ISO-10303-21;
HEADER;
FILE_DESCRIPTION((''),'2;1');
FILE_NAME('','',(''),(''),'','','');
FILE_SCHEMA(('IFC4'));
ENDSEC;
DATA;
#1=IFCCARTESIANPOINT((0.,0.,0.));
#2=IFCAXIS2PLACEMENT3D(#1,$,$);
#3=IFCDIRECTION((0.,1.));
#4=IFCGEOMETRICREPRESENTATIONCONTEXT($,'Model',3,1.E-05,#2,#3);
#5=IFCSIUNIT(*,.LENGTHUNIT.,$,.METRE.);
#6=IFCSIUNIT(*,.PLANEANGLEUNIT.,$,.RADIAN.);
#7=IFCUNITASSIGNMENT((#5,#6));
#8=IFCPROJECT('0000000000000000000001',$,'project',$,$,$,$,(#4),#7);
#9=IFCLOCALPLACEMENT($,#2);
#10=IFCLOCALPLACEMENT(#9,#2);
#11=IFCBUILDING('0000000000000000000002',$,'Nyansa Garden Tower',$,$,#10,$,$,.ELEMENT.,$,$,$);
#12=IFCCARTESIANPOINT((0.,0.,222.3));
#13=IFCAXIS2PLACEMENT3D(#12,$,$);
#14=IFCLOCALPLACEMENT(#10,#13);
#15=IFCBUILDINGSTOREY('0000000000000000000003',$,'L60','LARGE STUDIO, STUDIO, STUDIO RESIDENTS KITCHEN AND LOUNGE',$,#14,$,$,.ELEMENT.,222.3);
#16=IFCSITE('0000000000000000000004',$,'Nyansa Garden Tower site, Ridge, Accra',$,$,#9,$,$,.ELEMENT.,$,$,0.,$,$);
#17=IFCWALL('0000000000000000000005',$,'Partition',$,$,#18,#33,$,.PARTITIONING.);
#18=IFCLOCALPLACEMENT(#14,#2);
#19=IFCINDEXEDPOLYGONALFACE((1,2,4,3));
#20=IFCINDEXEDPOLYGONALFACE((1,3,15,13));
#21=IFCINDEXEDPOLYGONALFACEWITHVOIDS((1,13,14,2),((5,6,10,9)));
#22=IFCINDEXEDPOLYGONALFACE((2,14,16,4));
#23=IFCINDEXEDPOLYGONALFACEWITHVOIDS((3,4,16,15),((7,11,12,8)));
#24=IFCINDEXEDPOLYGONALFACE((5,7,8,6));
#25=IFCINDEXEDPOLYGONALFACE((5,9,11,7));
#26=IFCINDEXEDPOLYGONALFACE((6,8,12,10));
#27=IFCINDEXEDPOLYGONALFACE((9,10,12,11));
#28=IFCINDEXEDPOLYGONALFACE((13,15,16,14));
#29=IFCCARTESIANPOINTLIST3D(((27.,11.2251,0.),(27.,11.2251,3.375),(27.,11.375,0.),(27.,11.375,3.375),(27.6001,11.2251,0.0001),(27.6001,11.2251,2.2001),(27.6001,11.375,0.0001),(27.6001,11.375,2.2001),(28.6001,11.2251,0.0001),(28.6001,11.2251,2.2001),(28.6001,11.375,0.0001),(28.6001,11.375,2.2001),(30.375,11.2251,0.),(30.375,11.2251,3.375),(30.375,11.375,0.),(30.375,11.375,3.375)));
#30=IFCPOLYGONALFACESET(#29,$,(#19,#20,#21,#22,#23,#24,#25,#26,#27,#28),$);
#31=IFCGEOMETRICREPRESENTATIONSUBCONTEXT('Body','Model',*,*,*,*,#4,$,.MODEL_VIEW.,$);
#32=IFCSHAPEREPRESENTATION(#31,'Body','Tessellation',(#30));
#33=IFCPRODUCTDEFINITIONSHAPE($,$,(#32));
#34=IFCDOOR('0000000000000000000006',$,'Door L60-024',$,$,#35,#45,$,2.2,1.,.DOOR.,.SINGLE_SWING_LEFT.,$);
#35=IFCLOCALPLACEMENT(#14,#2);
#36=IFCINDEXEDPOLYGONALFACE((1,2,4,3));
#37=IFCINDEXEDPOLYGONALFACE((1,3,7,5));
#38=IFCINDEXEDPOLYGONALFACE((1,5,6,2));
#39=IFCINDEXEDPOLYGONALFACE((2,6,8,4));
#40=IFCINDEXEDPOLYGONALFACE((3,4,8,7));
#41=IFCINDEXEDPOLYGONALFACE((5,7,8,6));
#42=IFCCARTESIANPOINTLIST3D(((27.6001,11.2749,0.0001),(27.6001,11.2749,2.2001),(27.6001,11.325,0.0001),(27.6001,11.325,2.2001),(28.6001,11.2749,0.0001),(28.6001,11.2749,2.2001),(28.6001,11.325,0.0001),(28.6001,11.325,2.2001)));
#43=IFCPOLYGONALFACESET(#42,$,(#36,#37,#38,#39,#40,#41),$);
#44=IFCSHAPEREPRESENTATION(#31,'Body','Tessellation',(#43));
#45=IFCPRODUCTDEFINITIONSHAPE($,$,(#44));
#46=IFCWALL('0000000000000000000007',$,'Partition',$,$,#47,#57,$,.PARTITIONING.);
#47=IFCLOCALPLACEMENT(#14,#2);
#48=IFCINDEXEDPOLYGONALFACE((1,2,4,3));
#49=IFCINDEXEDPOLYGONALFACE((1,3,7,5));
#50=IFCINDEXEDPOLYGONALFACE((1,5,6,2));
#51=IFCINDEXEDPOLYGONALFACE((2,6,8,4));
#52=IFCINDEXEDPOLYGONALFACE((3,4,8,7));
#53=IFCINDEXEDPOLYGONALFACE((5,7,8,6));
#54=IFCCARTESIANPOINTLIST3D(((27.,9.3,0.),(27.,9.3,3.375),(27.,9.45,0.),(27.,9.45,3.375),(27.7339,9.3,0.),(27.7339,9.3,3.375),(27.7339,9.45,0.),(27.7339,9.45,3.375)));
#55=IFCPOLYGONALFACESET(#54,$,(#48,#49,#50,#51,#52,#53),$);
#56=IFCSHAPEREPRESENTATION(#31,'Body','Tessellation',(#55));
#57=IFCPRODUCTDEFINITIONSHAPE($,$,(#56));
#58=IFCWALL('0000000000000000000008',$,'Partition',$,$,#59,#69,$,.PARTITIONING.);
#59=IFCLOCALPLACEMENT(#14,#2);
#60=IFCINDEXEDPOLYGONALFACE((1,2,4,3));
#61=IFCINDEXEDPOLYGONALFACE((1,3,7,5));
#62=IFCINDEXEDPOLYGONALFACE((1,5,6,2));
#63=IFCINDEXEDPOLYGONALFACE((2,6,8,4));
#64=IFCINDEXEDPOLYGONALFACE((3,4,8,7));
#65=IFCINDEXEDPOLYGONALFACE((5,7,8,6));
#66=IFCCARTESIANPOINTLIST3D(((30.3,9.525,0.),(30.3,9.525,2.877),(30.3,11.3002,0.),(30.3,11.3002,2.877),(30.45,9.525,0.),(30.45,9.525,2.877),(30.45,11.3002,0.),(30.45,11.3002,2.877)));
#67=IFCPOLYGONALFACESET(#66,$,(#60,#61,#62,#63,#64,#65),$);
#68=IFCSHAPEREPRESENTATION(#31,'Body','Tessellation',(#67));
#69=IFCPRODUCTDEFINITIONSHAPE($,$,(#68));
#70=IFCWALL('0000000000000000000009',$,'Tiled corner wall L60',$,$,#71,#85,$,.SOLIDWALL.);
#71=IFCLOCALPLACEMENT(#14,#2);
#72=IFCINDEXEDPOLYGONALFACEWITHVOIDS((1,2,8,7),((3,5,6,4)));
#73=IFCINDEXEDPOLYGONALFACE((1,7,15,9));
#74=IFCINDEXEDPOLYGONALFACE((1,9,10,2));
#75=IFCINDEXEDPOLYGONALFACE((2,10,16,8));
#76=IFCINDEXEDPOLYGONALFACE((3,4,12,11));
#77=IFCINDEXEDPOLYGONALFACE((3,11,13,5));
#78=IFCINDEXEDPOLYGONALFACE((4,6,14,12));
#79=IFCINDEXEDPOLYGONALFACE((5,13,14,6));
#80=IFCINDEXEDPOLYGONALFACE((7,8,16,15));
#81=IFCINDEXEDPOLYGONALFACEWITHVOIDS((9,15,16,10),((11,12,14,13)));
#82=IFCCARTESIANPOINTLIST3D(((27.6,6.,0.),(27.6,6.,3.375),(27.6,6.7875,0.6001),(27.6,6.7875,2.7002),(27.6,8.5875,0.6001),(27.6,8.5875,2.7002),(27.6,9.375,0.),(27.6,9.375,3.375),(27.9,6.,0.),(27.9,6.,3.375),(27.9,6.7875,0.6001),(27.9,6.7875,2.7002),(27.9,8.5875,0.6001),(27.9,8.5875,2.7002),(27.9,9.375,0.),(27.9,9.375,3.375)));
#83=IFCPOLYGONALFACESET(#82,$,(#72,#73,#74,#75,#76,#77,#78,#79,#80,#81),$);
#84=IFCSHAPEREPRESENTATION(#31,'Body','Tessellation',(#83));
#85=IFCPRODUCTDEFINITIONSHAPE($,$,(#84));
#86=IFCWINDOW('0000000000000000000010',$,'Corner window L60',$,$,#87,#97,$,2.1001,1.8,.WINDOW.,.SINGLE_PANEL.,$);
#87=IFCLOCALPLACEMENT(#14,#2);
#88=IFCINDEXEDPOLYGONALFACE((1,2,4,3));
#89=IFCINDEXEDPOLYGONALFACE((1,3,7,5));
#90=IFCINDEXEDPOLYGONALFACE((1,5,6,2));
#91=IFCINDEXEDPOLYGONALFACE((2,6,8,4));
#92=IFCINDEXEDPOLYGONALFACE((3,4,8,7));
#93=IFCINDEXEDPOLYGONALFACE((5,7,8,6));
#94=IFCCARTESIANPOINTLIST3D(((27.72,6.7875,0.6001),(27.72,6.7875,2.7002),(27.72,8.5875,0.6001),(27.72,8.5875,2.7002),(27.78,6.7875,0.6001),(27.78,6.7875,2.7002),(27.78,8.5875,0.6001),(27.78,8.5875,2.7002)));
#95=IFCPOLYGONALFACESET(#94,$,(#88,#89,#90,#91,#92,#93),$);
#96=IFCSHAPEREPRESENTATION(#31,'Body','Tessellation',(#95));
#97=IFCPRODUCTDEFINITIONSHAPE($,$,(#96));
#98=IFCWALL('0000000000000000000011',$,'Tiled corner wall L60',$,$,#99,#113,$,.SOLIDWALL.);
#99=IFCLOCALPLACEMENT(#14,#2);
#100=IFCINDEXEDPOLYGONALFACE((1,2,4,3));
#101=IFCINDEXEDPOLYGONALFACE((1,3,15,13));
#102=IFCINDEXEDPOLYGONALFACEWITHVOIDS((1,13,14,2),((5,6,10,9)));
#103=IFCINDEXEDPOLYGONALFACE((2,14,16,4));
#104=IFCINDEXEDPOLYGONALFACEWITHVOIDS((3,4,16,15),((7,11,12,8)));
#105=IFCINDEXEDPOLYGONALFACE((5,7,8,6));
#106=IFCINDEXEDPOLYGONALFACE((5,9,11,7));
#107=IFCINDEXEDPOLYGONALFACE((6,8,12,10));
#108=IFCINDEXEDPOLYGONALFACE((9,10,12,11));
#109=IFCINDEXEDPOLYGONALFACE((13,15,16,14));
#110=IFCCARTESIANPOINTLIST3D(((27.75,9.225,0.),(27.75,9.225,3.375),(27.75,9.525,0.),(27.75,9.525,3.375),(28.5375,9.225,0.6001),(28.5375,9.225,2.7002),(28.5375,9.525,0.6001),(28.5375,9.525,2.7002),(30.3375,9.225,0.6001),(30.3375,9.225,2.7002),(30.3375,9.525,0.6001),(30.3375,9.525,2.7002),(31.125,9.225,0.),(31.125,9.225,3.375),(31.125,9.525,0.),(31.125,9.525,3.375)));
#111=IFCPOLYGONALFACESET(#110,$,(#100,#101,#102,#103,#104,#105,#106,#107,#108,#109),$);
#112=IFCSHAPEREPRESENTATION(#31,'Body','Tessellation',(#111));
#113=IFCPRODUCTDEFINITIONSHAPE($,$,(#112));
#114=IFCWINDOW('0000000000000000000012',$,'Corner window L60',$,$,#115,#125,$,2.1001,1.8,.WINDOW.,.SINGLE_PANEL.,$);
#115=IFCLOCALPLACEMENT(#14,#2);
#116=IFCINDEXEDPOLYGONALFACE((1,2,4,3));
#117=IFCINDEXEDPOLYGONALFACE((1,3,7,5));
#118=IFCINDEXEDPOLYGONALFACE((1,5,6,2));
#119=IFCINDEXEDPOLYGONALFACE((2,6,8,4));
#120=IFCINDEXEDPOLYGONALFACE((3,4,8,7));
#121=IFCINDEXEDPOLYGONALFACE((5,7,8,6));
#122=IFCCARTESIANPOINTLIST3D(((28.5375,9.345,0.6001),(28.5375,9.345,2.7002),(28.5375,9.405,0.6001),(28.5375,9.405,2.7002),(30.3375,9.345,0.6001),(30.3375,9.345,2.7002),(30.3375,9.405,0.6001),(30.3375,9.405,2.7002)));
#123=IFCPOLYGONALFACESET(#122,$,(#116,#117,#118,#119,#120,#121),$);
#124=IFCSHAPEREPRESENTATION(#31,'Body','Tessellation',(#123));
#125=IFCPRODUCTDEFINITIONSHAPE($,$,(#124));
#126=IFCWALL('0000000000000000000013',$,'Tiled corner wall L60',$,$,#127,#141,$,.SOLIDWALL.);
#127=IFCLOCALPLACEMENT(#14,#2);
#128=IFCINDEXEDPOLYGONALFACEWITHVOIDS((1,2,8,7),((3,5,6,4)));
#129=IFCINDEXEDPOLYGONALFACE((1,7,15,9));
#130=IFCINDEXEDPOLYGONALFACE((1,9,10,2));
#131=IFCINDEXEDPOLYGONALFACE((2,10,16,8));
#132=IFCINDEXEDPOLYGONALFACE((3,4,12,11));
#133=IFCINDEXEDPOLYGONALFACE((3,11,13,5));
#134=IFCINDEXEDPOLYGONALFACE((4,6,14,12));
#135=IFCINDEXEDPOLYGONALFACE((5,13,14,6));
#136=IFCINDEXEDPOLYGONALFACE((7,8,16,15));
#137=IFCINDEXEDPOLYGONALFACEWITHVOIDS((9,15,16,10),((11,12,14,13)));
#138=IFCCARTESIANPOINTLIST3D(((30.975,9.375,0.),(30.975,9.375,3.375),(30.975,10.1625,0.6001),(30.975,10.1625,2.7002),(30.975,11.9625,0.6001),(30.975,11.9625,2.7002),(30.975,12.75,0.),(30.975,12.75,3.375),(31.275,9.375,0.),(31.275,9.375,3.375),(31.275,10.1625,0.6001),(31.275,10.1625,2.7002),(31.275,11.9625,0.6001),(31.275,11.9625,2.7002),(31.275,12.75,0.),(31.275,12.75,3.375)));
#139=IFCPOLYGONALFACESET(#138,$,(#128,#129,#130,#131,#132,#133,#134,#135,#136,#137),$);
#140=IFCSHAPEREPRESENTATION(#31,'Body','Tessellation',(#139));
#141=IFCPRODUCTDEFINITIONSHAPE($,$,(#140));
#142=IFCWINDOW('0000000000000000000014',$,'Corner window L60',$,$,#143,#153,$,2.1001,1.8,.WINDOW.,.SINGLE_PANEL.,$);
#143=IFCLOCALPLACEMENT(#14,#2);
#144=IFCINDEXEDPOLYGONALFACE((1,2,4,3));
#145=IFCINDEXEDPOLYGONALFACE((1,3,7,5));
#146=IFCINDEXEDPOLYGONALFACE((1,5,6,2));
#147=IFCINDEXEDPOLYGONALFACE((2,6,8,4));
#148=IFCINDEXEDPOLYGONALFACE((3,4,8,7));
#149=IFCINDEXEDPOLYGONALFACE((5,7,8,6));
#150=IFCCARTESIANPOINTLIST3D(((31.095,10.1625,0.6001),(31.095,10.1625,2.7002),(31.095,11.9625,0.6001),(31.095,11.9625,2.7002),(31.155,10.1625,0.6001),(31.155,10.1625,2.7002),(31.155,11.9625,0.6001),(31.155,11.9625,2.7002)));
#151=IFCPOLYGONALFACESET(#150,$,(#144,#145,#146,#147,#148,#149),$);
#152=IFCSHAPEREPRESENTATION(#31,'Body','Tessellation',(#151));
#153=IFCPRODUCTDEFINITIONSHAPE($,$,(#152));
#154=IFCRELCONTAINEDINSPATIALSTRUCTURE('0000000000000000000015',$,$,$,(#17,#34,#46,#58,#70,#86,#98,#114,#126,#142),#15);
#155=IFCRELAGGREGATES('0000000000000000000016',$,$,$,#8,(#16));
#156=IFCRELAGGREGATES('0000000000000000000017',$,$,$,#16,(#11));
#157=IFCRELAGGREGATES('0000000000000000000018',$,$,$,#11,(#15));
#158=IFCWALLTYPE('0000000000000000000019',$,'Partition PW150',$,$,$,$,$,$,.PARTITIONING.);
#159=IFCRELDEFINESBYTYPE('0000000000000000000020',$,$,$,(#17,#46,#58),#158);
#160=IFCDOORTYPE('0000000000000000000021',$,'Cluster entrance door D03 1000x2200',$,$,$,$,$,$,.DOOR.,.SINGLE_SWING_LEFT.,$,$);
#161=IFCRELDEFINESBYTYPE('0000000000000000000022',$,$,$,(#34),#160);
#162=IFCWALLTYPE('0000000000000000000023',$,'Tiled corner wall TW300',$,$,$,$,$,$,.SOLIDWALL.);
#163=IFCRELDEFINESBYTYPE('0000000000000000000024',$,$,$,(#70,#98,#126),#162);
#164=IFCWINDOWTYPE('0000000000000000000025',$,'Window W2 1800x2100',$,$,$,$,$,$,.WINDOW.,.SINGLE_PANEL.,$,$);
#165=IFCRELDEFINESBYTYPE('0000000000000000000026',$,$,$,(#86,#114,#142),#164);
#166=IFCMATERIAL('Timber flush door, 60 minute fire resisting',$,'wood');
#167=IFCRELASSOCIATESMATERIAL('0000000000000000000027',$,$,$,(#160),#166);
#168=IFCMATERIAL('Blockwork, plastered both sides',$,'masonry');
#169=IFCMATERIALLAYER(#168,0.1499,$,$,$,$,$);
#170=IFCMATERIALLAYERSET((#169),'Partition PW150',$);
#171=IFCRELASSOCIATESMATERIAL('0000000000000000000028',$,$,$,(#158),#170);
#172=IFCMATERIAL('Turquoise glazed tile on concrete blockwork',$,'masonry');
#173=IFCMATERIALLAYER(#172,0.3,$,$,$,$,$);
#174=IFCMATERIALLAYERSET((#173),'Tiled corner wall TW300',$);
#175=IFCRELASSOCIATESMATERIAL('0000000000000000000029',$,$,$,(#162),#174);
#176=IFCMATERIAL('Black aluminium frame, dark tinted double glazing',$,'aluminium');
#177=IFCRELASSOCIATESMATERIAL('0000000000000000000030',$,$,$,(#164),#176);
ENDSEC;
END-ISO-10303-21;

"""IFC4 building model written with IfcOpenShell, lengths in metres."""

from ifc_helpers import new_model, si_unit, direction, frame, frame_2d, origin, place, context, subcontext, project, spatial, rectangle, extrude, material, layer, layer_set, type_object, element, fill, save


model = new_model("IFC4")

# Units and contexts
model_context = context("Model", 3, precision=1e-05, world=origin(), true_north=direction((0.0, 1.0)))
body_context = subcontext(model_context, "Body", "Model", "MODEL_VIEW")
ifc_project = project(units=[si_unit("LENGTHUNIT", "METRE"), si_unit("PLANEANGLEUNIT", "RADIAN")], contexts=[model_context])

# Site, building, storey
site_placement = place(None, origin())
site = spatial("IfcSite", under=ifc_project, at=site_placement, Name="Nyansa Garden Tower site, Ridge, Accra", CompositionType="ELEMENT", RefElevation=0.0)
building_placement = place(site_placement, origin())
building = spatial("IfcBuilding", under=site, at=building_placement, Name="Nyansa Garden Tower", CompositionType="ELEMENT")
storey_placement = place(building_placement, frame((0.0, 0.0, 222.3)))
storey = spatial("IfcBuildingStorey", under=building, at=storey_placement, Name="L60", Description="LARGE STUDIO, STUDIO, STUDIO RESIDENTS KITCHEN AND LOUNGE", CompositionType="ELEMENT", Elevation=222.3)

# Shared definitions
ifc_material_1 = material(Name="Timber flush door, 60 minute fire resisting", Category="wood")
door_type_1 = type_object("IfcDoorType", Name="Cluster entrance door D03 1000x2200", OperationType="SINGLE_SWING_LEFT", PredefinedType="DOOR", material=ifc_material_1)

# Wall, opening, door
ifc_material_2 = material(Name="Blockwork, plastered both sides", Category="masonry")
ifc_layer_1 = layer(ifc_material_2, 0.1499)
ifc_layer_set_1 = layer_set([ifc_layer_1], Name="Partition PW150")
wall_type_1 = type_object("IfcWallType", Name="Partition PW150", PredefinedType="PARTITIONING", material=ifc_layer_set_1)
wall_1_placement = place(storey_placement, frame((27.0, 11.3, 0.0), z_axis=(0.0, 0.0, 1.0), x_axis=(1.0, 0.0, 0.0)))
wall_1 = element("IfcWall", 1, at=wall_1_placement, inside=storey, type_object=wall_type_1, Name="Partition", PredefinedType="PARTITIONING", context=body_context, shape_type="SweptSolid", body=[
    extrude(rectangle(XDim=3.375, YDim=0.1499, at=frame_2d((1.6875, 0.0))), origin(), (0.0, 0.0, 1.0), 3.375),
])
opening_1_placement = place(wall_1_placement, frame((0.6001, 0.0, 0.0)))
opening_1 = element("IfcOpeningElement", 2, at=opening_1_placement, cuts=wall_1, PredefinedType="OPENING", context=body_context, shape_type="SweptSolid", body=[
    extrude(rectangle(XDim=1.0, YDim=2.2, at=frame_2d((0.5, 1.1001))), frame((0.0, 0.085, 0.0), z_axis=(0.0, -1.0, 0.0), x_axis=(1.0, 0.0, 0.0)), (0.0, 0.0, 1.0), 0.1699),
])
door_1_placement = place(opening_1_placement, origin())
door_1 = element("IfcDoor", 3, at=door_1_placement, inside=storey, type_object=door_type_1, Name="Door L60-024", OperationType="SINGLE_SWING_LEFT", OverallHeight=2.2, OverallWidth=1.0, PredefinedType="DOOR", context=body_context, shape_type="SweptSolid", body=[
    extrude(rectangle(XDim=1.0, YDim=2.2, at=frame_2d((0.5, 1.1001))), frame((0.0, 0.0249, 0.0), z_axis=(0.0, -1.0, 0.0), x_axis=(1.0, 0.0, 0.0)), (0.0, 0.0, 1.0), 0.05),
])
fill(opening_1, door_1)

# Walls
wall_2_placement = place(storey_placement, frame((27.0, 9.375, 0.0), z_axis=(0.0, 0.0, 1.0), x_axis=(1.0, 0.0, 0.0)))
element("IfcWall", 4, at=wall_2_placement, inside=storey, type_object=wall_type_1, Name="Partition", PredefinedType="PARTITIONING", context=body_context, shape_type="SweptSolid", body=[
    extrude(rectangle(XDim=0.7339, YDim=0.1499, at=frame_2d((0.3669, 0.0))), origin(), (0.0, 0.0, 1.0), 3.375),
])
wall_3_placement = place(storey_placement, frame((30.375, 9.5249, 0.0), z_axis=(0.0, 0.0, 1.0), x_axis=(0.0, 1.0, 0.0)))
element("IfcWall", 5, at=wall_3_placement, inside=storey, type_object=wall_type_1, Name="Partition", PredefinedType="PARTITIONING", context=body_context, shape_type="SweptSolid", body=[
    extrude(rectangle(XDim=1.7751, YDim=0.1499, at=frame_2d((0.8877, 0.0))), origin(), (0.0, 0.0, 1.0), 2.877),
])

# Walls, openings, windows
ifc_material_3 = material(Name="Turquoise glazed tile on concrete blockwork", Category="masonry")
ifc_layer_2 = layer(ifc_material_3, 0.3)
ifc_layer_set_2 = layer_set([ifc_layer_2], Name="Tiled corner wall TW300")
wall_type_2 = type_object("IfcWallType", Name="Tiled corner wall TW300", PredefinedType="SOLIDWALL", material=ifc_layer_set_2)
wall_4_placement = place(storey_placement, frame((27.75, 6.0, 0.0), z_axis=(0.0, 0.0, 1.0), x_axis=(0.0, 1.0, 0.0)))
wall_4 = element("IfcWall", 6, at=wall_4_placement, inside=storey, type_object=wall_type_2, Name="Tiled corner wall L60", PredefinedType="SOLIDWALL", context=body_context, shape_type="SweptSolid", body=[
    extrude(rectangle(XDim=3.375, YDim=0.3, at=frame_2d((1.6875, 0.0))), origin(), (0.0, 0.0, 1.0), 3.375),
])
opening_2_placement = place(wall_4_placement, frame((0.7876, 0.0, 0.6001)))
opening_2 = element("IfcOpeningElement", 7, at=opening_2_placement, cuts=wall_4, PredefinedType="OPENING", context=body_context, shape_type="SweptSolid", body=[
    extrude(rectangle(XDim=1.8, YDim=2.1001, at=frame_2d((0.8999, 1.05))), frame((0.0, 0.1599, 0.0), z_axis=(0.0, -1.0, 0.0), x_axis=(1.0, 0.0, 0.0)), (0.0, 0.0, 1.0), 0.3201),
])
ifc_material_4 = material(Name="Black aluminium frame, dark tinted double glazing", Category="aluminium")
window_type = type_object("IfcWindowType", Name="Window W2 1800x2100", PartitioningType="SINGLE_PANEL", PredefinedType="WINDOW", material=ifc_material_4)
window_1_placement = place(opening_2_placement, origin())
window_1 = element("IfcWindow", 8, at=window_1_placement, inside=storey, type_object=window_type, Name="Corner window L60", OverallHeight=2.1001, OverallWidth=1.8, PartitioningType="SINGLE_PANEL", PredefinedType="WINDOW", context=body_context, shape_type="SweptSolid", body=[
    extrude(rectangle(XDim=1.8, YDim=2.1001, at=frame_2d((0.8999, 1.05))), frame((0.0, 0.03, 0.0), z_axis=(0.0, -1.0, 0.0), x_axis=(1.0, 0.0, 0.0)), (0.0, 0.0, 1.0), 0.0601),
])
fill(opening_2, window_1)
wall_5_placement = place(storey_placement, frame((27.75, 9.375, 0.0), z_axis=(0.0, 0.0, 1.0), x_axis=(1.0, 0.0, 0.0)))
wall_5 = element("IfcWall", 9, at=wall_5_placement, inside=storey, type_object=wall_type_2, Name="Tiled corner wall L60", PredefinedType="SOLIDWALL", context=body_context, shape_type="SweptSolid", body=[
    extrude(rectangle(XDim=3.375, YDim=0.3, at=frame_2d((1.6875, 0.0))), origin(), (0.0, 0.0, 1.0), 3.375),
])
opening_3_placement = place(wall_5_placement, frame((0.7876, 0.0, 0.6001)))
opening_3 = element("IfcOpeningElement", 10, at=opening_3_placement, cuts=wall_5, PredefinedType="OPENING", context=body_context, shape_type="SweptSolid", body=[
    extrude(rectangle(XDim=1.8, YDim=2.1001, at=frame_2d((0.8999, 1.05))), frame((0.0, 0.1599, 0.0), z_axis=(0.0, -1.0, 0.0), x_axis=(1.0, 0.0, 0.0)), (0.0, 0.0, 1.0), 0.3201),
])
window_2_placement = place(opening_3_placement, origin())
window_2 = element("IfcWindow", 11, at=window_2_placement, inside=storey, type_object=window_type, Name="Corner window L60", OverallHeight=2.1001, OverallWidth=1.8, PartitioningType="SINGLE_PANEL", PredefinedType="WINDOW", context=body_context, shape_type="SweptSolid", body=[
    extrude(rectangle(XDim=1.8, YDim=2.1001, at=frame_2d((0.8999, 1.05))), frame((0.0, 0.03, 0.0), z_axis=(0.0, -1.0, 0.0), x_axis=(1.0, 0.0, 0.0)), (0.0, 0.0, 1.0), 0.0601),
])
fill(opening_3, window_2)
wall_6_placement = place(storey_placement, frame((31.125, 9.375, 0.0), z_axis=(0.0, 0.0, 1.0), x_axis=(0.0, 1.0, 0.0)))
wall_6 = element("IfcWall", 12, at=wall_6_placement, inside=storey, type_object=wall_type_2, Name="Tiled corner wall L60", PredefinedType="SOLIDWALL", context=body_context, shape_type="SweptSolid", body=[
    extrude(rectangle(XDim=3.375, YDim=0.3, at=frame_2d((1.6875, 0.0))), origin(), (0.0, 0.0, 1.0), 3.375),
])
opening_4_placement = place(wall_6_placement, frame((0.7876, 0.0, 0.6001)))
opening_4 = element("IfcOpeningElement", 13, at=opening_4_placement, cuts=wall_6, PredefinedType="OPENING", context=body_context, shape_type="SweptSolid", body=[
    extrude(rectangle(XDim=1.8, YDim=2.1001, at=frame_2d((0.8999, 1.05))), frame((0.0, 0.1599, 0.0), z_axis=(0.0, -1.0, 0.0), x_axis=(1.0, 0.0, 0.0)), (0.0, 0.0, 1.0), 0.3201),
])
window_3_placement = place(opening_4_placement, origin())
window_3 = element("IfcWindow", 14, at=window_3_placement, inside=storey, type_object=window_type, Name="Corner window L60", OverallHeight=2.1001, OverallWidth=1.8, PartitioningType="SINGLE_PANEL", PredefinedType="WINDOW", context=body_context, shape_type="SweptSolid", body=[
    extrude(rectangle(XDim=1.8, YDim=2.1001, at=frame_2d((0.8999, 1.05))), frame((0.0, 0.03, 0.0), z_axis=(0.0, -1.0, 0.0), x_axis=(1.0, 0.0, 0.0)), (0.0, 0.0, 1.0), 0.0601),
])
fill(opening_4, window_3)

save(model, "model.ifc")
